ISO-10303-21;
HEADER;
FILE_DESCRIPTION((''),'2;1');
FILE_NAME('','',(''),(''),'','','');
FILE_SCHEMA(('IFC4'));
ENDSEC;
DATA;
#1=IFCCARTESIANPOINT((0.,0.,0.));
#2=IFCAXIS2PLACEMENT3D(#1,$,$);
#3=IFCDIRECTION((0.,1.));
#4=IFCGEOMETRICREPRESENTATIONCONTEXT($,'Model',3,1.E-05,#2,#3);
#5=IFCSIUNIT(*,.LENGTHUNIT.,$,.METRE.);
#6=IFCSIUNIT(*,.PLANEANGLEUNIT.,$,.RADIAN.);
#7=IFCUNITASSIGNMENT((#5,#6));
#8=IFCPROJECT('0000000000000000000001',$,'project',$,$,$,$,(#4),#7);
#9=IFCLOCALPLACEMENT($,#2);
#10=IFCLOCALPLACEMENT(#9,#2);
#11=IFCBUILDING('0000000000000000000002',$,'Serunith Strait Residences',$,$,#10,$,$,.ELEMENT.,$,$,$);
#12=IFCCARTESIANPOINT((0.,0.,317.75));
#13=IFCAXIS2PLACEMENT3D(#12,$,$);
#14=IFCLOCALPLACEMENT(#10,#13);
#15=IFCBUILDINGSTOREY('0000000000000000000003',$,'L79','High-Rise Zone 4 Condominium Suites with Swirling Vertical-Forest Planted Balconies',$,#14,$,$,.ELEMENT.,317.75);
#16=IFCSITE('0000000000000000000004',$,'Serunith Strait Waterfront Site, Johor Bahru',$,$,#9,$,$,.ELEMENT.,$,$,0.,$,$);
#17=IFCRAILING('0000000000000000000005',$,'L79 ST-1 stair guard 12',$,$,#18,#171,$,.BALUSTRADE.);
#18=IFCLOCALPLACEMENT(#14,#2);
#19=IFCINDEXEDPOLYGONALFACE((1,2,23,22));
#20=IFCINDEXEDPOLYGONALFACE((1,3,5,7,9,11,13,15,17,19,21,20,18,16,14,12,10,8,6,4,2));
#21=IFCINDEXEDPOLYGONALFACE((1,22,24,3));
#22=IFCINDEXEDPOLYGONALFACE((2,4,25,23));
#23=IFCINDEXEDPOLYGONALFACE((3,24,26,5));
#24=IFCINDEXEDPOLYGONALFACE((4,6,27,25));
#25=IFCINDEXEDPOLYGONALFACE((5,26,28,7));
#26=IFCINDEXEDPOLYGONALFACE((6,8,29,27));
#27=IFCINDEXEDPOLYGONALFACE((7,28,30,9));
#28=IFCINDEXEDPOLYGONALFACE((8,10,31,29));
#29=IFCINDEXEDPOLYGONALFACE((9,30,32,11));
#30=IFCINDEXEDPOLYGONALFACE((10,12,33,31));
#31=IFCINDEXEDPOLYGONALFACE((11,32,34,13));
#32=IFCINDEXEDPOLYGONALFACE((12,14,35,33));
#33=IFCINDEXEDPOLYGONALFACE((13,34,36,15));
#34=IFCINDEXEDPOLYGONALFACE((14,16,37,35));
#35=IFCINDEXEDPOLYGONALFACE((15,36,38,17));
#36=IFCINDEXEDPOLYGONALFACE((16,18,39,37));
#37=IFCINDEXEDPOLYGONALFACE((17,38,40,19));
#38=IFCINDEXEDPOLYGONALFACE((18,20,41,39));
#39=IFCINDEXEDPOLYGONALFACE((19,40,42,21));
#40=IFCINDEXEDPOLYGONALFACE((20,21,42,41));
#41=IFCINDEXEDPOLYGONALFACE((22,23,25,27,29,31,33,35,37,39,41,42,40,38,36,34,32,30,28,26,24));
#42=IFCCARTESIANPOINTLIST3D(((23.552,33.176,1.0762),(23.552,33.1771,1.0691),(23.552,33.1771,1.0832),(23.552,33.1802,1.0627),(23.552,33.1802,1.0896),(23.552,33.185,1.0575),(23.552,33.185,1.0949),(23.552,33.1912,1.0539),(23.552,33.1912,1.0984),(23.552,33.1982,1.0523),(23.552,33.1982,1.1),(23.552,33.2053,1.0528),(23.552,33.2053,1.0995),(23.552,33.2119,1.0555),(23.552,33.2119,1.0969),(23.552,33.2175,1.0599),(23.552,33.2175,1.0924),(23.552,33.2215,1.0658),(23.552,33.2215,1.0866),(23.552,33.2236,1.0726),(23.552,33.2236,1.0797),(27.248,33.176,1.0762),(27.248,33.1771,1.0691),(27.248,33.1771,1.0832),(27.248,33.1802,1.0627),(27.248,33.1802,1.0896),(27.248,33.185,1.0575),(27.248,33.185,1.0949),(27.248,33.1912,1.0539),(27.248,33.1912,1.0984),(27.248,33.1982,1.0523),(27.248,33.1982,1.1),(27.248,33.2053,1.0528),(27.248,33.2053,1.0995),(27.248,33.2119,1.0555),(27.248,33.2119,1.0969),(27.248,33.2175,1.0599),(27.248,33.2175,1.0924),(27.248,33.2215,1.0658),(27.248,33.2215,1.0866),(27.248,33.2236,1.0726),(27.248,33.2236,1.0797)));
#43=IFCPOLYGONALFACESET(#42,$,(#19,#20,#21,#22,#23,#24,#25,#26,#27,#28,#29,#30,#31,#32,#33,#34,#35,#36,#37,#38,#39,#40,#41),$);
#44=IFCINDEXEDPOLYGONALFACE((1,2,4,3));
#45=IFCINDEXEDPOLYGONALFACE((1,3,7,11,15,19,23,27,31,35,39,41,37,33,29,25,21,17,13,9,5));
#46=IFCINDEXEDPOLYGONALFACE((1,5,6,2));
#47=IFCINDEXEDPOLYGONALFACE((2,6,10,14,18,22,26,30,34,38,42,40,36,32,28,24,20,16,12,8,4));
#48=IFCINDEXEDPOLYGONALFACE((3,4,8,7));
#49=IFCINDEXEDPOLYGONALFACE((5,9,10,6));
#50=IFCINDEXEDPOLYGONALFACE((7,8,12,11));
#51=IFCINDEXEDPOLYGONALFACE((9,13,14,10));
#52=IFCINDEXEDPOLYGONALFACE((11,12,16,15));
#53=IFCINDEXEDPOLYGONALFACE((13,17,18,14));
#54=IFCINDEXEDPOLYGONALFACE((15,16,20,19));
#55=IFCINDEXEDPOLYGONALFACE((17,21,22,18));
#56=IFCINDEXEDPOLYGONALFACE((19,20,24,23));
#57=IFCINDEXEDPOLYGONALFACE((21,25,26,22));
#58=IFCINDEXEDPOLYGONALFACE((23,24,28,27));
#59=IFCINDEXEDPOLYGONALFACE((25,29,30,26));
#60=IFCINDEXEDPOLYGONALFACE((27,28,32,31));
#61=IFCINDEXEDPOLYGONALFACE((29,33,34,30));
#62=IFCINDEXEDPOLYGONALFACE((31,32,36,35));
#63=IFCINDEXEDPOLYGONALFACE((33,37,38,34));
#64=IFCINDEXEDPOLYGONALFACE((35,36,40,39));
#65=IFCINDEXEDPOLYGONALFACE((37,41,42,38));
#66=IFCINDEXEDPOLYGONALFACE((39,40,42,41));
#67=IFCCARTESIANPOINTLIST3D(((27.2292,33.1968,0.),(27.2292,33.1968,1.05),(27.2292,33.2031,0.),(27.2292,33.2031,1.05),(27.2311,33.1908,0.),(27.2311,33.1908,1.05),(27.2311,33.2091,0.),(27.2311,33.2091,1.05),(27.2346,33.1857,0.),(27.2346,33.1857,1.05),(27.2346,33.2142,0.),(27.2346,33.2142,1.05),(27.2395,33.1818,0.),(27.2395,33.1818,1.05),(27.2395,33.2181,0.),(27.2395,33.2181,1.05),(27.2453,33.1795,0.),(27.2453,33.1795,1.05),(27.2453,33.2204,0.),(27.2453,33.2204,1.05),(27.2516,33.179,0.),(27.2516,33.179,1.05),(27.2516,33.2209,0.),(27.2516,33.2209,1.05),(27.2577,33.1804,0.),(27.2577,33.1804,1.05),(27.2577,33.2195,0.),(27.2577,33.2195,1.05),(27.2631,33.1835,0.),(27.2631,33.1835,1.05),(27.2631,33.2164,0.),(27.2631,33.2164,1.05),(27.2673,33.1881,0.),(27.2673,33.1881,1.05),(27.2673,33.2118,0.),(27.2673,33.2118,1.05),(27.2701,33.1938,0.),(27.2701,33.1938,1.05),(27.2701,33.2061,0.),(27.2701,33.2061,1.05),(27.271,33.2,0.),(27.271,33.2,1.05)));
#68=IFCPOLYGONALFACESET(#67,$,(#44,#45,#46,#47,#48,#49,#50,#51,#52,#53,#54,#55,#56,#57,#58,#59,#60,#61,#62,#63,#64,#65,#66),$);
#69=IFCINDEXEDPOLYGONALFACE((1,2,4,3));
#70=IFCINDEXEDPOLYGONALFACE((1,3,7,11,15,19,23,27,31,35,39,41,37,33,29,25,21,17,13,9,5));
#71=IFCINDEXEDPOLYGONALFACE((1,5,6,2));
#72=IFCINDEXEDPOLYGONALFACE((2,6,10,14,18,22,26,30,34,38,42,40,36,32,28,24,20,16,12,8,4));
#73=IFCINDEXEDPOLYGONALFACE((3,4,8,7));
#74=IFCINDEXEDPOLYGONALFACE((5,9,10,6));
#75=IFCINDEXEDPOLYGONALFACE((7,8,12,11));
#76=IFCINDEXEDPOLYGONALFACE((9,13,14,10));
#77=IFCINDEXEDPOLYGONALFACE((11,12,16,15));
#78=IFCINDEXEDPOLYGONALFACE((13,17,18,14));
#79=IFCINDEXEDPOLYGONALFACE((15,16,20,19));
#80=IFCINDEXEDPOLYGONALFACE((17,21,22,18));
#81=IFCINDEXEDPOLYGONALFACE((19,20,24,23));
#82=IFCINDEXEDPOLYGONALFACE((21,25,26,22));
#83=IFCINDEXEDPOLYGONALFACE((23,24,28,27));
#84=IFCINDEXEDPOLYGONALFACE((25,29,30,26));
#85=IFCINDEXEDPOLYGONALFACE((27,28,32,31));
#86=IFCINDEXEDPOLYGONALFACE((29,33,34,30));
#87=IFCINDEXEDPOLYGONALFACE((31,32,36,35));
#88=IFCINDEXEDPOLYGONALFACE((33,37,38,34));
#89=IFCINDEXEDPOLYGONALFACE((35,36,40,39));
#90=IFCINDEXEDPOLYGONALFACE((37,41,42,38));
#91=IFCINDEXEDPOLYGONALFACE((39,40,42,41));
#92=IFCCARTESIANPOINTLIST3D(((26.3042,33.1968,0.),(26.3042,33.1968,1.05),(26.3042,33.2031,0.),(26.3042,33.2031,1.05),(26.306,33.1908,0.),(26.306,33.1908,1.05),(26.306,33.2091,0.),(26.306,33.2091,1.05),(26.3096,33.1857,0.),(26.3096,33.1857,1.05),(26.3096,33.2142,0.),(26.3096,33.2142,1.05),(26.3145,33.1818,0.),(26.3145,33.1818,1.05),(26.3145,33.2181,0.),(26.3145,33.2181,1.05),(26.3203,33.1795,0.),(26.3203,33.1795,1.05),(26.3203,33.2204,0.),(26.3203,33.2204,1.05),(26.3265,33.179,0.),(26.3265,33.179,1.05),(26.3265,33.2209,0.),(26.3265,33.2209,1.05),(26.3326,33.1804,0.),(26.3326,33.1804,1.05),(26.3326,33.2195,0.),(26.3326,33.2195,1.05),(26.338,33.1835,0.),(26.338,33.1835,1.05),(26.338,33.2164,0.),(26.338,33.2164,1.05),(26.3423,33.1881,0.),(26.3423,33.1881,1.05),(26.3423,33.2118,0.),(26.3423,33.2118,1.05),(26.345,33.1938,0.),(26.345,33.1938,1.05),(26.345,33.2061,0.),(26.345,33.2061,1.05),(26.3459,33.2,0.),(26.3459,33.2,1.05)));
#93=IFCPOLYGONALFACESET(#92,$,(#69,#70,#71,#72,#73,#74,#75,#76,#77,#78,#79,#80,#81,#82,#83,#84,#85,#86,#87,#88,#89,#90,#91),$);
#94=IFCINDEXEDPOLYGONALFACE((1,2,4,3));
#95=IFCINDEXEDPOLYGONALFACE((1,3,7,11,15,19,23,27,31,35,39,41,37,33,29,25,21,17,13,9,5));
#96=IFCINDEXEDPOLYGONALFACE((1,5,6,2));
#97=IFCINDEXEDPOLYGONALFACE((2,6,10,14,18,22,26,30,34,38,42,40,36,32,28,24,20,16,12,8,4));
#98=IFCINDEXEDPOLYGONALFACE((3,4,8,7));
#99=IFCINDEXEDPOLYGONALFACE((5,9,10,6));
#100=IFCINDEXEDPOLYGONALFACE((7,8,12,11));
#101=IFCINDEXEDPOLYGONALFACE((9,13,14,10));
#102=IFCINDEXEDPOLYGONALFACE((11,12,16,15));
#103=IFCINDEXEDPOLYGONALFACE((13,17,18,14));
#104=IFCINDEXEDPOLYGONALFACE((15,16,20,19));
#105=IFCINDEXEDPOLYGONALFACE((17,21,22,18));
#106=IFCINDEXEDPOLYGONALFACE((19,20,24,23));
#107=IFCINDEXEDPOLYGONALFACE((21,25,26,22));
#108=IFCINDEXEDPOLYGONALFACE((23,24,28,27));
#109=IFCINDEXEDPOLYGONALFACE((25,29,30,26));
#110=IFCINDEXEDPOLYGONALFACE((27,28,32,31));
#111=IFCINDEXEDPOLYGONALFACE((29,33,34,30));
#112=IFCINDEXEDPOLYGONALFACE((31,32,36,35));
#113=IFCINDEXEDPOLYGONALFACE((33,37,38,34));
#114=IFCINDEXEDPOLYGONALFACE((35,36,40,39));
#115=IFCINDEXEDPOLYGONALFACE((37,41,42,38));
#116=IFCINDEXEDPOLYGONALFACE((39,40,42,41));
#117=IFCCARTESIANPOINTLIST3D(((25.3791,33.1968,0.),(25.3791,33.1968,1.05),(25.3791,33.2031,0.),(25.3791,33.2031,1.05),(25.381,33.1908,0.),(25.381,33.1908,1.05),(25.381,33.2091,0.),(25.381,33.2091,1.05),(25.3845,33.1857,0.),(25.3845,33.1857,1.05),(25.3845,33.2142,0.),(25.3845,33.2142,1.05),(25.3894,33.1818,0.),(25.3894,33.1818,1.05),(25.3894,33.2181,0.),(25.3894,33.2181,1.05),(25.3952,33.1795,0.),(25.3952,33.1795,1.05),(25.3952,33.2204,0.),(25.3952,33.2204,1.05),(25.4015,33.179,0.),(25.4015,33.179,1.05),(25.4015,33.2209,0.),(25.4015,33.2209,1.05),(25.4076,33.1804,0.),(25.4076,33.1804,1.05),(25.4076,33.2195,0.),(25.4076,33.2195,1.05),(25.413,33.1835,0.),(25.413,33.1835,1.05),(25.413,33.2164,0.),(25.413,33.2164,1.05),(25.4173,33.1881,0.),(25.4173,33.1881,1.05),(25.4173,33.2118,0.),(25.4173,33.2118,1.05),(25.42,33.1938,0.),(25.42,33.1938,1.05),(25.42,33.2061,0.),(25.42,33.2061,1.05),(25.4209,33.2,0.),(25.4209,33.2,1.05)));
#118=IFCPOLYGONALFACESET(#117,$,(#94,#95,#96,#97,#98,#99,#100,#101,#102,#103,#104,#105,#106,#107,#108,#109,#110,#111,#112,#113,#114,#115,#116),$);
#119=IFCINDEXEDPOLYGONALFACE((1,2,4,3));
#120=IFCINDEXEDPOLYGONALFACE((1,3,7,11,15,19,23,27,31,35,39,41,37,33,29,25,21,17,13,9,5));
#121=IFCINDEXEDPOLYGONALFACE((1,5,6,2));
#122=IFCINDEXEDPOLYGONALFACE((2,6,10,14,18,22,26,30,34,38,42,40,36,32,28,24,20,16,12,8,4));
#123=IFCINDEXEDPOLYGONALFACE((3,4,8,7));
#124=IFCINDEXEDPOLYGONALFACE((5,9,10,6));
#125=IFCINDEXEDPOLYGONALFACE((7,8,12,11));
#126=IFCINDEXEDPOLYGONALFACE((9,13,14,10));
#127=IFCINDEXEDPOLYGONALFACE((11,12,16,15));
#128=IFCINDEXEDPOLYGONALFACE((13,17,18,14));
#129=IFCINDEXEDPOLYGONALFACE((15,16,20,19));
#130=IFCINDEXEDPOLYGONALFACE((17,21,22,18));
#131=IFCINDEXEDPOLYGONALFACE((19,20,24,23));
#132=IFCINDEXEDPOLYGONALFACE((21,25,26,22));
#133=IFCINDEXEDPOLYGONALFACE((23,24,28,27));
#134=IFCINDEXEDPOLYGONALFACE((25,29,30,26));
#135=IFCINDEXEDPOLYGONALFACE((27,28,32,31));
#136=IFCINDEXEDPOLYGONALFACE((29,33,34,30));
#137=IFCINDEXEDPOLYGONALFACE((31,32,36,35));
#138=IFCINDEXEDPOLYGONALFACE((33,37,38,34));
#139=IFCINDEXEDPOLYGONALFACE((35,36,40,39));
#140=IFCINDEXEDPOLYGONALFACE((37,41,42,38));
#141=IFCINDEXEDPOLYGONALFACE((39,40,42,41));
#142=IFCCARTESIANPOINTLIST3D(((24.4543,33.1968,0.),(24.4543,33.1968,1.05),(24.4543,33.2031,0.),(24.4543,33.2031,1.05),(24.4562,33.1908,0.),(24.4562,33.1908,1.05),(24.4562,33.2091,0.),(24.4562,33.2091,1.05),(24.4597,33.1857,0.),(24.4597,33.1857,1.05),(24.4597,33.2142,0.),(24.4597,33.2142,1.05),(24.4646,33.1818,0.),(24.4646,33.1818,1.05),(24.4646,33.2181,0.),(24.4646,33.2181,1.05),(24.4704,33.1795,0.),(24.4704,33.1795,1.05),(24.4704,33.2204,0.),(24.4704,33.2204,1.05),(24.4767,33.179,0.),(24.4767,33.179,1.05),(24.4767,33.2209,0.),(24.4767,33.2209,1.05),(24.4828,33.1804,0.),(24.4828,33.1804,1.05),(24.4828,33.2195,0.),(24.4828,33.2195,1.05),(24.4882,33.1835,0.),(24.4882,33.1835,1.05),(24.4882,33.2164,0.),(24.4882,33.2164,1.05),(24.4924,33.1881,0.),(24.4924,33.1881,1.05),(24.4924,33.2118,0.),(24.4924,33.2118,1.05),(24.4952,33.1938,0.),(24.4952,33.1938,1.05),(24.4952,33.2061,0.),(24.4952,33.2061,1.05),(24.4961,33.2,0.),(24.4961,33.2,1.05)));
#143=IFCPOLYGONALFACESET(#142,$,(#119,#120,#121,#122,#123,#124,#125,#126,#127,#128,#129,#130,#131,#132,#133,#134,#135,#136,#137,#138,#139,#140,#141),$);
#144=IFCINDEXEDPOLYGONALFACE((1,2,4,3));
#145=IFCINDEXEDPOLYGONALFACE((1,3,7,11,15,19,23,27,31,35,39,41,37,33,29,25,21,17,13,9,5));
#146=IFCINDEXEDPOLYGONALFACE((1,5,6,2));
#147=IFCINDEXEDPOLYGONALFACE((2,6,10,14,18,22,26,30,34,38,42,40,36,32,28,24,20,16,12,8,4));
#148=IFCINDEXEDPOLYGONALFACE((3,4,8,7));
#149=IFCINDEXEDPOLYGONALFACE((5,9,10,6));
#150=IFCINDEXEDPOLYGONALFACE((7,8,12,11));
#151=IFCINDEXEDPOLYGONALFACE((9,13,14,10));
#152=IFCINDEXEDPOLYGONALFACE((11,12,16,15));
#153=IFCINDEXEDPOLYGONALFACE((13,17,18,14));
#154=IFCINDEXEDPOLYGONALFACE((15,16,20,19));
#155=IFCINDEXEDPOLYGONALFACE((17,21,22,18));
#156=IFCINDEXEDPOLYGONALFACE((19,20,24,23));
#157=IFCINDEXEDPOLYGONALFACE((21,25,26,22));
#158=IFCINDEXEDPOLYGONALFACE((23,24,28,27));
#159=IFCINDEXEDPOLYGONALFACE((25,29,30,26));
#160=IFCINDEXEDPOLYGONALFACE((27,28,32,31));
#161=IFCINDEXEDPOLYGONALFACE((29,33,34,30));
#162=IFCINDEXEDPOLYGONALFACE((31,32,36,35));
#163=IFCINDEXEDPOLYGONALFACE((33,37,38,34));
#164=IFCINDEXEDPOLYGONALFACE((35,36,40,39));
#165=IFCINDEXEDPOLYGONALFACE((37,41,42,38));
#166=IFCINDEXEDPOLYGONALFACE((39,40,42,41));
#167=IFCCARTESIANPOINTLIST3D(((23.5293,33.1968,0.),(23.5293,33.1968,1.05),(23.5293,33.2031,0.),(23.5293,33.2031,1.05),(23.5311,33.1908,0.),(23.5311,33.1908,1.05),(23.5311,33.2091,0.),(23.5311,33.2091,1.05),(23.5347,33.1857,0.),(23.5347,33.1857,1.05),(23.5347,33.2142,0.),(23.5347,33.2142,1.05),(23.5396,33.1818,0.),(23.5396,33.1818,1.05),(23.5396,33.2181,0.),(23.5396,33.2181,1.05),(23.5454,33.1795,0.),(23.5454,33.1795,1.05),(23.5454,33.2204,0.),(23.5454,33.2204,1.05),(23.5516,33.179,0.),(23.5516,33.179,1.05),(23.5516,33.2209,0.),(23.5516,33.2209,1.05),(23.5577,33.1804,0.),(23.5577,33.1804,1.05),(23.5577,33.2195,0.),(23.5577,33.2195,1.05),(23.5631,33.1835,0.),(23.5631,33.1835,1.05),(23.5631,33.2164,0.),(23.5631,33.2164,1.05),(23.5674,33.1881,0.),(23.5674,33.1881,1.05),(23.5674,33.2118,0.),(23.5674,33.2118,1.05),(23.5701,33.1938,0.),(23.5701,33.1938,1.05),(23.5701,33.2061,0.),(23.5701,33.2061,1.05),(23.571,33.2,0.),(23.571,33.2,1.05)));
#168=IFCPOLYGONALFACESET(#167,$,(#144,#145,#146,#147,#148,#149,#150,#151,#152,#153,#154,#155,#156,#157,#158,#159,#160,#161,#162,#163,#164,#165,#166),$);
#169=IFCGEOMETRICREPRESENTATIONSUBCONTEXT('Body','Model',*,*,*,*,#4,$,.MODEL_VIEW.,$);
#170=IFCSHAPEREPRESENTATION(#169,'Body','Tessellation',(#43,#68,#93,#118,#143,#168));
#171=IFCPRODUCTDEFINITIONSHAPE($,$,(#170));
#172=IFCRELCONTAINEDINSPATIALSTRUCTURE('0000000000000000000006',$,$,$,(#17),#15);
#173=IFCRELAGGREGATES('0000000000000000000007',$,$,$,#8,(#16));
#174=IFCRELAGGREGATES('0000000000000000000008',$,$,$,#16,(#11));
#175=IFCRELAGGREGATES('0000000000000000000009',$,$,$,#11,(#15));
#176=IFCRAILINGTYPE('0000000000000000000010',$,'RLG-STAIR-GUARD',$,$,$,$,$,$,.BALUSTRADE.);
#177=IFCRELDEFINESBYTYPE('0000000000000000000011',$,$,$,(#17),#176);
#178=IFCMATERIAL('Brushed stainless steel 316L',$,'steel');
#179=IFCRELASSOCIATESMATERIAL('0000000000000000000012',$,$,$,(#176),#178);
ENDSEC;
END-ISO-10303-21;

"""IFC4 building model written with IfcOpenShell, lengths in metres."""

from ifc_helpers import new_model, si_unit, direction, frame, origin, origin_2d, place, context, subcontext, project, spatial, circle, extrude, material, type_object, element, save


model = new_model("IFC4")

# Units and contexts
model_context = context("Model", 3, precision=1e-05, world=origin(), true_north=direction((0.0, 1.0)))
body_context = subcontext(model_context, "Body", "Model", "MODEL_VIEW")
ifc_project = project(units=[si_unit("LENGTHUNIT", "METRE"), si_unit("PLANEANGLEUNIT", "RADIAN")], contexts=[model_context])

# Site, building, storey
site_placement = place(None, origin())
site = spatial("IfcSite", under=ifc_project, at=site_placement, Name="Serunith Strait Waterfront Site, Johor Bahru", CompositionType="ELEMENT", RefElevation=0.0)
building_placement = place(site_placement, origin())
building = spatial("IfcBuilding", under=site, at=building_placement, Name="Serunith Strait Residences", CompositionType="ELEMENT")
storey_placement = place(building_placement, frame((0.0, 0.0, 317.75)))
storey = spatial("IfcBuildingStorey", under=building, at=storey_placement, Name="L79", Description="High-Rise Zone 4 Condominium Suites with Swirling Vertical-Forest Planted Balconies", CompositionType="ELEMENT", Elevation=317.75)

# Railing
ifc_material_1 = material(Name="Brushed stainless steel 316L", Category="steel")
railing_type_1 = type_object("IfcRailingType", Name="RLG-STAIR-GUARD", PredefinedType="BALUSTRADE", material=ifc_material_1)
railing_1_placement = place(storey_placement, frame((27.25, 33.2, 0.0)))
element("IfcRailing", 1, at=railing_1_placement, inside=storey, type_object=railing_type_1, Name="L79 ST-1 stair guard 12", PredefinedType="BALUSTRADE", context=body_context, shape_type="SweptSolid", body=[
    extrude(circle(Radius=0.0239, at=origin_2d()), frame((-0.002, 0.0, 1.0762), z_axis=(-1.0, 0.0, 0.0), x_axis=(0.0, -1.0, 0.0)), (0.0, 0.0, 1.0), 3.696),
    extrude(circle(Radius=0.021, at=origin_2d()), origin(), (0.0, 0.0, 1.0), 1.05),
    extrude(circle(Radius=0.021, at=origin_2d()), frame((-0.925, 0.0, 0.0)), (0.0, 0.0, 1.0), 1.05),
    extrude(circle(Radius=0.021, at=origin_2d()), frame((-1.8501, 0.0, 0.0)), (0.0, 0.0, 1.0), 1.05),
    extrude(circle(Radius=0.021, at=origin_2d()), frame((-2.7749, 0.0, 0.0)), (0.0, 0.0, 1.0), 1.05),
    extrude(circle(Radius=0.021, at=origin_2d()), frame((-3.7, 0.0, 0.0)), (0.0, 0.0, 1.0), 1.05),
])

save(model, "model.ifc")
